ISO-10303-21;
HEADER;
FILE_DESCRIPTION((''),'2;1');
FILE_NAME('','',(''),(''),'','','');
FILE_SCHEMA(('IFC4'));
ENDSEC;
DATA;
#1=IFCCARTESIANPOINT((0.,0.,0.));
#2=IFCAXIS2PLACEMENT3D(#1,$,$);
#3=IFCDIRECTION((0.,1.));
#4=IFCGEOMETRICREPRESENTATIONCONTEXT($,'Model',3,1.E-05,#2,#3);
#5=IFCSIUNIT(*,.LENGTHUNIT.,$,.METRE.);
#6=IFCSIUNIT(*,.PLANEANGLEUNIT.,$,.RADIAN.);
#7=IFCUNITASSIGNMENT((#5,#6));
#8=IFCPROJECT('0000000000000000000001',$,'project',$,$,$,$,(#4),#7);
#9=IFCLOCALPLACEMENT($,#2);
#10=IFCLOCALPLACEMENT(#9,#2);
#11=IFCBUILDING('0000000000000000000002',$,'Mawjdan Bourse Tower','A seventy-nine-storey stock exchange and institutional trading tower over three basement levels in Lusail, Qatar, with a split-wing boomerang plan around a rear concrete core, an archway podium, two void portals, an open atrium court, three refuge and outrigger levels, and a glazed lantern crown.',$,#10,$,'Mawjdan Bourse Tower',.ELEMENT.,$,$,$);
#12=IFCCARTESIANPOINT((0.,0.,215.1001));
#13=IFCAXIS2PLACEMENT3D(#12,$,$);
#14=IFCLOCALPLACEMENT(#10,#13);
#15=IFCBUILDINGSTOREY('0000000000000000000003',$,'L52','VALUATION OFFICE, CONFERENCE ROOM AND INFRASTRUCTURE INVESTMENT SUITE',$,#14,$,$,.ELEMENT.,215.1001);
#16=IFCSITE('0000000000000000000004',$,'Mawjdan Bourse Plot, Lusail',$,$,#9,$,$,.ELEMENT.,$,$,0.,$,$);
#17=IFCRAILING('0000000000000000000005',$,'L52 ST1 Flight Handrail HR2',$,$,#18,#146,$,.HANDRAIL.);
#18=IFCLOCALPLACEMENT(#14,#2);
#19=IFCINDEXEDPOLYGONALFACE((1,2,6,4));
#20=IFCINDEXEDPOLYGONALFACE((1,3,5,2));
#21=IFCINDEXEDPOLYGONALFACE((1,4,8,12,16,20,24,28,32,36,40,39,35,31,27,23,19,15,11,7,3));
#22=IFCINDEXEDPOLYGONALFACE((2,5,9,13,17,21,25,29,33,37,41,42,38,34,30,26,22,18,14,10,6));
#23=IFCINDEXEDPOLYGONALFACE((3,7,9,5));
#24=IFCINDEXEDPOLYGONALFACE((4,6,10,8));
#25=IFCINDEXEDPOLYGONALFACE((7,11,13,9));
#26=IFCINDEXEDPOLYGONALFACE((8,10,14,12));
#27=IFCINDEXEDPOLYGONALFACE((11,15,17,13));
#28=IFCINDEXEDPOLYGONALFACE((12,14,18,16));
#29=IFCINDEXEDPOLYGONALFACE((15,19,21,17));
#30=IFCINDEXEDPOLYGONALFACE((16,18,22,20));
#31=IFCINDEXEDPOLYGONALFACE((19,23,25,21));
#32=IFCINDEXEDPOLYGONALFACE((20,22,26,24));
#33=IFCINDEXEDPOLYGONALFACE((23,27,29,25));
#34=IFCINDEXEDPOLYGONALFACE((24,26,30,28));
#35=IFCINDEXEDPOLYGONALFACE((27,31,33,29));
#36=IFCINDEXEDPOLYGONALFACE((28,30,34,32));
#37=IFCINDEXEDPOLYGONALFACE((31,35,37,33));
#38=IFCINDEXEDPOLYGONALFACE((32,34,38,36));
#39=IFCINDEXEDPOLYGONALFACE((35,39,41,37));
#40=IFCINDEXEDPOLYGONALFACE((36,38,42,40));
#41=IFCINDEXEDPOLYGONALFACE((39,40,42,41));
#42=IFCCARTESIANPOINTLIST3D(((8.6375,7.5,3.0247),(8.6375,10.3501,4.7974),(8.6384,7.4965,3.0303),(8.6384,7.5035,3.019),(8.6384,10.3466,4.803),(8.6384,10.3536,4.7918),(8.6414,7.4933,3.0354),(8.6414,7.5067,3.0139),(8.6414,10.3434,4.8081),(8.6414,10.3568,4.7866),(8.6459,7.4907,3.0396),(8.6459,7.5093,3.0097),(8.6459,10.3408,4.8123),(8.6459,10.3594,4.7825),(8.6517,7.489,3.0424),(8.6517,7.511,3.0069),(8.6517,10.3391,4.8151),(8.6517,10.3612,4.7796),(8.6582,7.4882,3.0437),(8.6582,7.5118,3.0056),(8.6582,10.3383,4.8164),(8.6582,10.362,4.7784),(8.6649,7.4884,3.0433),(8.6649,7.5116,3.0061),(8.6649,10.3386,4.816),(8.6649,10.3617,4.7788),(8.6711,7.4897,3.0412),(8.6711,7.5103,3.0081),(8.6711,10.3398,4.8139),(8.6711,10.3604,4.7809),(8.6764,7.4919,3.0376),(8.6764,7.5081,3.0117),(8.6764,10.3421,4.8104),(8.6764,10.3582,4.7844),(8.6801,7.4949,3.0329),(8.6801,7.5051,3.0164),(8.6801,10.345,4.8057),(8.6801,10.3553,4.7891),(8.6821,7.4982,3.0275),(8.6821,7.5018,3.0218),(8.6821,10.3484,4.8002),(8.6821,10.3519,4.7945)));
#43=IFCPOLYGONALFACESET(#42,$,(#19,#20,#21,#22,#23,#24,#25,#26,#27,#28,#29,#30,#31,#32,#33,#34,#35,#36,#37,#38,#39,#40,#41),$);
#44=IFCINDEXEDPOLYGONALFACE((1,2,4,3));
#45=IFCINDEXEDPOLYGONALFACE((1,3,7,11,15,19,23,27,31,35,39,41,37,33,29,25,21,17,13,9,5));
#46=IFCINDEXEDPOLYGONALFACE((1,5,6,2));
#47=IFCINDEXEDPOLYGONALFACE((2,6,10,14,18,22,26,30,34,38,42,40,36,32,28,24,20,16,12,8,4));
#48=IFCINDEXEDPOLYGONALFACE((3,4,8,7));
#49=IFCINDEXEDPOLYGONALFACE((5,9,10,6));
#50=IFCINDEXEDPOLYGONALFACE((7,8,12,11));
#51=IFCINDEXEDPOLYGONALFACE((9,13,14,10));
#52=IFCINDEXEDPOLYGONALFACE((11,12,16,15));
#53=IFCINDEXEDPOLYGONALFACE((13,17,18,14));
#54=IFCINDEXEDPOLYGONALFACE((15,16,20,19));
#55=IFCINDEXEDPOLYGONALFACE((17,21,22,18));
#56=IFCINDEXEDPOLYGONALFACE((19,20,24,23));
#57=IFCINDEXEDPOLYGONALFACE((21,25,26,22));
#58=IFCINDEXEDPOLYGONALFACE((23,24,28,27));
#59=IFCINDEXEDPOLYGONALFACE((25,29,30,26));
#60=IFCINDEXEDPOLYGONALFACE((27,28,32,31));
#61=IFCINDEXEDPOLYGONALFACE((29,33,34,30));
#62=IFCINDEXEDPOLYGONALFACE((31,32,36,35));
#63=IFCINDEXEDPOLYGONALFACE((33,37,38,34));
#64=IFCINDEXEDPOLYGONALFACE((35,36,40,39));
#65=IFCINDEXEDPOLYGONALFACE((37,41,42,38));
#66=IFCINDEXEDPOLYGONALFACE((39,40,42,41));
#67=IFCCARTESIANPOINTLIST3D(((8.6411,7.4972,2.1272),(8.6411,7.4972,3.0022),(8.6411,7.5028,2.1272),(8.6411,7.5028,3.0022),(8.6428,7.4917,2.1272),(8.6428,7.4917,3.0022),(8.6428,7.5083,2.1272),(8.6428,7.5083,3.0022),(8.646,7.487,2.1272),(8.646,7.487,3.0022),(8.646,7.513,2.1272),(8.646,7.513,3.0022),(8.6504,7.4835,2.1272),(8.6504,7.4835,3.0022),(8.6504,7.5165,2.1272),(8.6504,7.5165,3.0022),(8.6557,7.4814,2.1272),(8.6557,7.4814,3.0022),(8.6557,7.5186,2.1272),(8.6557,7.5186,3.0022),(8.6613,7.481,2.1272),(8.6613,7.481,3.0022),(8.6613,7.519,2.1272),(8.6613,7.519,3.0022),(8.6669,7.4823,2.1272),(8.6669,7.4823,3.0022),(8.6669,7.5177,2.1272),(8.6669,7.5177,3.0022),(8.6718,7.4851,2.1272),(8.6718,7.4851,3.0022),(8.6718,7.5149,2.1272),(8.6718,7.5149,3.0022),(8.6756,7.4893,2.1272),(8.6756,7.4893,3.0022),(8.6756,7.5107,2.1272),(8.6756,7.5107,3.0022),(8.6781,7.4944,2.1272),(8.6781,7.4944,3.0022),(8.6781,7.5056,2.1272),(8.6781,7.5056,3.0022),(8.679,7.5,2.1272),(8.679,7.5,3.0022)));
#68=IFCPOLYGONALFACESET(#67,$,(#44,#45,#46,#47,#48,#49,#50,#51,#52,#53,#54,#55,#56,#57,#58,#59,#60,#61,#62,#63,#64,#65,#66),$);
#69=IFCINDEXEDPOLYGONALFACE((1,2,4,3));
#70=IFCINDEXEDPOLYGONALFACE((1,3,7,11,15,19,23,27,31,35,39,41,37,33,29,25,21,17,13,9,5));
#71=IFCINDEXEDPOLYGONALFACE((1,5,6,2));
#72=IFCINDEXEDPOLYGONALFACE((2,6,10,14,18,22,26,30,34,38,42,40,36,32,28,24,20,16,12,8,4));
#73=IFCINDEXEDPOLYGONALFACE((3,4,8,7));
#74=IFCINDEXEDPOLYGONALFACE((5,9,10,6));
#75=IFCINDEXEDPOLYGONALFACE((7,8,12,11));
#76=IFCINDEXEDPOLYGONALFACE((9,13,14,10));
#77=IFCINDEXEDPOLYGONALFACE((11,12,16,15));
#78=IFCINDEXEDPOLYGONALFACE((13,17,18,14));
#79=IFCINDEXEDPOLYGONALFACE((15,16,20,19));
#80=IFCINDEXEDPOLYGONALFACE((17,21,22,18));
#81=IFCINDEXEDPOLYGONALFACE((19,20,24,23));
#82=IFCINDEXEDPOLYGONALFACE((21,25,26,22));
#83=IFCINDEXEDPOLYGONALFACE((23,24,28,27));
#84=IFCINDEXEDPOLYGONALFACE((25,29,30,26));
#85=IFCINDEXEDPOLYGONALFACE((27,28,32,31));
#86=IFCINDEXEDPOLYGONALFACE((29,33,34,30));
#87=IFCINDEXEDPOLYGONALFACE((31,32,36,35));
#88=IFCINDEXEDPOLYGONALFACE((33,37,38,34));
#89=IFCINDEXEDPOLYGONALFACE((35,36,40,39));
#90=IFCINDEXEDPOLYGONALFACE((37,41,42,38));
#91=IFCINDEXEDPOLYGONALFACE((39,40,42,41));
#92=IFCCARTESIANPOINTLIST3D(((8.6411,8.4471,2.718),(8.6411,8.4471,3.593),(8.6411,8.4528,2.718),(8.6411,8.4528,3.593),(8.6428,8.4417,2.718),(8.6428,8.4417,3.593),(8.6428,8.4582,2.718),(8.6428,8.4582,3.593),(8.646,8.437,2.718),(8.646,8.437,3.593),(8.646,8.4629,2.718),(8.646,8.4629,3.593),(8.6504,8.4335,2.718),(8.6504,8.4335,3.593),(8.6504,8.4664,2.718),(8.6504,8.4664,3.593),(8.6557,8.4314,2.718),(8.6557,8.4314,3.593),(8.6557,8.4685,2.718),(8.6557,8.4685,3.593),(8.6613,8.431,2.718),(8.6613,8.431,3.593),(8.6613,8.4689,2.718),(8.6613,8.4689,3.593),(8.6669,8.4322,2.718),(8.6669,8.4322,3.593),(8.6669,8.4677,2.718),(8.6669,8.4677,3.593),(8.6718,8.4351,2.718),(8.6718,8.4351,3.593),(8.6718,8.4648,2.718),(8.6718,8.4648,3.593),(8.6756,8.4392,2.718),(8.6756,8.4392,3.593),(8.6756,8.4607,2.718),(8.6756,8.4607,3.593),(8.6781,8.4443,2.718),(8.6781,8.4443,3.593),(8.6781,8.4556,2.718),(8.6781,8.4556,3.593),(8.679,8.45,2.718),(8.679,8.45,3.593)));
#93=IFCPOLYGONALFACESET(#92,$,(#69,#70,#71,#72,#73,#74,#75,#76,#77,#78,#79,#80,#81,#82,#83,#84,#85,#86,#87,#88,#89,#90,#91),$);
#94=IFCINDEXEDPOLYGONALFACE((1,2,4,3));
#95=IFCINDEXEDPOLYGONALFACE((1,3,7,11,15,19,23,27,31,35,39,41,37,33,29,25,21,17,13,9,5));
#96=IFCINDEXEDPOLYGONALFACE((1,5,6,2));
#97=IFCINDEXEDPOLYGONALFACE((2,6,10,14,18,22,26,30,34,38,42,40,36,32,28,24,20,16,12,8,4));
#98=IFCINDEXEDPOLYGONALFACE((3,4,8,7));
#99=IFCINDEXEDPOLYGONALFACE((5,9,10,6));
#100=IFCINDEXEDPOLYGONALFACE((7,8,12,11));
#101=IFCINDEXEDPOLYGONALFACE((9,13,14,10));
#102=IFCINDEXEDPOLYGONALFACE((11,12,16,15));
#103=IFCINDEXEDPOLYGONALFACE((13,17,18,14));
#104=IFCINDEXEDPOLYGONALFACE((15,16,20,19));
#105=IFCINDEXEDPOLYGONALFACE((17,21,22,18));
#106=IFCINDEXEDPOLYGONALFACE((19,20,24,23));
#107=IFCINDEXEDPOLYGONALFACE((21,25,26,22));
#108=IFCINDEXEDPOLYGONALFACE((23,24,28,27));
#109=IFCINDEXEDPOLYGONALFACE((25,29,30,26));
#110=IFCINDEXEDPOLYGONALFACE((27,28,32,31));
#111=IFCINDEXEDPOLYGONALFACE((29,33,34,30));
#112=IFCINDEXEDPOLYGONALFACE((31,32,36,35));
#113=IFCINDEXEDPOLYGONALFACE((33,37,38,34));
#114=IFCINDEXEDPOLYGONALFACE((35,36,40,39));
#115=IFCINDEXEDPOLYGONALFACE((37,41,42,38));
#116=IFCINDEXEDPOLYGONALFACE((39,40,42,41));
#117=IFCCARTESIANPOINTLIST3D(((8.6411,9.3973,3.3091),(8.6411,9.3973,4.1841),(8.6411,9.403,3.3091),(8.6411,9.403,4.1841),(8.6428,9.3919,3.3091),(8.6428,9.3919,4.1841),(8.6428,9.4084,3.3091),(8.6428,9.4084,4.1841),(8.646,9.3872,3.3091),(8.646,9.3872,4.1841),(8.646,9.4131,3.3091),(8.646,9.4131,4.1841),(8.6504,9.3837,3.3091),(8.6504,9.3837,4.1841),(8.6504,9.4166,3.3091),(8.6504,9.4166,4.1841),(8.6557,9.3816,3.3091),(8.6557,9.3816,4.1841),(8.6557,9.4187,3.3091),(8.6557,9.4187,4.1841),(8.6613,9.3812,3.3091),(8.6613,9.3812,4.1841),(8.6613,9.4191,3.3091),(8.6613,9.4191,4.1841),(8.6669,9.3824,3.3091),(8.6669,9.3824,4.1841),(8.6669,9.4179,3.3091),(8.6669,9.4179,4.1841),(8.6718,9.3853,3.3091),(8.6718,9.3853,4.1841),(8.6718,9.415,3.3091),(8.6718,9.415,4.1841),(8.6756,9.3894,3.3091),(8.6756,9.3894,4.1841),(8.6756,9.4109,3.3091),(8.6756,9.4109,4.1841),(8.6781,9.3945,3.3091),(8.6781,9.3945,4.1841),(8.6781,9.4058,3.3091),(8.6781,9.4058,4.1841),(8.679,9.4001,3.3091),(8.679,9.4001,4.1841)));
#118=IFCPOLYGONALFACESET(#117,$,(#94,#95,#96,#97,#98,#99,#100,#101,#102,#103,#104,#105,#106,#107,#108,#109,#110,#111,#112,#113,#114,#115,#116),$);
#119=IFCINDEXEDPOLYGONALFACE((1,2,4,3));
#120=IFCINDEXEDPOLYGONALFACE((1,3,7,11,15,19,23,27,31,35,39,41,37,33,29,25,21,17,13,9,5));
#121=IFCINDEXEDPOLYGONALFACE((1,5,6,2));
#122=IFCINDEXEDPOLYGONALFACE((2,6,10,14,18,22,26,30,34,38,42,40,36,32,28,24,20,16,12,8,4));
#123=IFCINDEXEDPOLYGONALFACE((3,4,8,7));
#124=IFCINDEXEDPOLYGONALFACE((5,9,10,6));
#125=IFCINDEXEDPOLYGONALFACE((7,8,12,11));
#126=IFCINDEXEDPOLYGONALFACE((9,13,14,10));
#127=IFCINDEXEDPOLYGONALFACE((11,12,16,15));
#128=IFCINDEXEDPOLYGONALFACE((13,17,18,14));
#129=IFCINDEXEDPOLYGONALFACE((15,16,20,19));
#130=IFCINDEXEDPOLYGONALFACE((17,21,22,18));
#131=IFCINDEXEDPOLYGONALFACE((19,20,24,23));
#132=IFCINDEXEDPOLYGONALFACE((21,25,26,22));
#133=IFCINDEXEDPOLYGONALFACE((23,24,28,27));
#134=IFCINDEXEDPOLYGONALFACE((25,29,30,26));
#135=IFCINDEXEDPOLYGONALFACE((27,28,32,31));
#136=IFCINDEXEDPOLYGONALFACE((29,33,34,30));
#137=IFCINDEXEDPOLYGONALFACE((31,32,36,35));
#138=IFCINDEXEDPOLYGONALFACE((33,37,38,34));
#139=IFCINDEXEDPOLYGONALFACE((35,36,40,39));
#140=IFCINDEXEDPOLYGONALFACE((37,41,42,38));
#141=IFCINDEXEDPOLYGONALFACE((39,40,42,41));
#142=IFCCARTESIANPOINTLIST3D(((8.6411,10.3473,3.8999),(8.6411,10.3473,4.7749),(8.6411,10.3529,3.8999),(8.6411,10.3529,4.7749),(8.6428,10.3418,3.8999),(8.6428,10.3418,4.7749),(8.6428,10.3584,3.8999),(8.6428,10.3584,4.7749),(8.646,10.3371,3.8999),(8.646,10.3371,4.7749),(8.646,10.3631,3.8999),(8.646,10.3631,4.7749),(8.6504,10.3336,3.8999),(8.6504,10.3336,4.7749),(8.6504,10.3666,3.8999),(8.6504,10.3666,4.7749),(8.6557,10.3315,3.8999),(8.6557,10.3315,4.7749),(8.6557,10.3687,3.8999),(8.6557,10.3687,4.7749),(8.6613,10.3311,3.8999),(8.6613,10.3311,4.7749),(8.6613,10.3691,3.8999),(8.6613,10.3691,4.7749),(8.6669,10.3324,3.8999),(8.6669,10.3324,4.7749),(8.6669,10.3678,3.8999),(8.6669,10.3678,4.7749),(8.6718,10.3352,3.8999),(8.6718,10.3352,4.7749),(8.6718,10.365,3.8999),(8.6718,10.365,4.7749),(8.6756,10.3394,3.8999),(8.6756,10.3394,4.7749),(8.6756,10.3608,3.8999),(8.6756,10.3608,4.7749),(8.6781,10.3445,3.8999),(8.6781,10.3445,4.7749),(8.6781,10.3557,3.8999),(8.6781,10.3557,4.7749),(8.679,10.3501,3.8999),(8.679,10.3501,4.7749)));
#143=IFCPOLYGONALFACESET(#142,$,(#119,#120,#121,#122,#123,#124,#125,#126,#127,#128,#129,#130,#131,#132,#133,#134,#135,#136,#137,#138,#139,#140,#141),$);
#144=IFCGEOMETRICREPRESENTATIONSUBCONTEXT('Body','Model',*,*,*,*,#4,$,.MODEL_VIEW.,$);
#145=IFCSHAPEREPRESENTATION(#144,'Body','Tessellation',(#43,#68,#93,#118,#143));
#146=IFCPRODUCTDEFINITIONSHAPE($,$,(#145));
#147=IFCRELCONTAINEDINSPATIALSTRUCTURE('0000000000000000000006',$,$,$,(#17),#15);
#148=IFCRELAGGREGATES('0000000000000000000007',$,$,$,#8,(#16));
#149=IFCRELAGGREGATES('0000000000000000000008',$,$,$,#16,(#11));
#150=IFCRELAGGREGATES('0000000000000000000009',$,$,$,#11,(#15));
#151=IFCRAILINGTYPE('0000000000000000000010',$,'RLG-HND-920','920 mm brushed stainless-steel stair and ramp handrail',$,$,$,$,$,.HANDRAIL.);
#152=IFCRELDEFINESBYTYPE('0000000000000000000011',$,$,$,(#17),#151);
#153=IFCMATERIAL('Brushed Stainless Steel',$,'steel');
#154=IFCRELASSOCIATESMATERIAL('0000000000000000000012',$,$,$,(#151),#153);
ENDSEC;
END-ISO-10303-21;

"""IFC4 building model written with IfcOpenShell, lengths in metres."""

from ifc_helpers import new_model, si_unit, direction, frame, origin, origin_2d, place, context, subcontext, project, spatial, circle, extrude, material, type_object, element, save


model = new_model("IFC4")

# Units and contexts
model_context = context("Model", 3, precision=1e-05, world=origin(), true_north=direction((0.0, 1.0)))
body_context = subcontext(model_context, "Body", "Model", "MODEL_VIEW")
ifc_project = project(units=[si_unit("LENGTHUNIT", "METRE"), si_unit("PLANEANGLEUNIT", "RADIAN")], contexts=[model_context])

# Site, building, storey
site_placement = place(None, origin())
site = spatial("IfcSite", under=ifc_project, at=site_placement, Name="Mawjdan Bourse Plot, Lusail", CompositionType="ELEMENT", RefElevation=0.0)
building_placement = place(site_placement, origin())
building = spatial("IfcBuilding", under=site, at=building_placement, Name="Mawjdan Bourse Tower", Description="A seventy-nine-storey stock exchange and institutional trading tower over three basement levels in Lusail, Qatar, with a split-wing boomerang plan around a rear concrete core, an archway podium, two void portals, an open atrium court, three refuge and outrigger levels, and a glazed lantern crown.", LongName="Mawjdan Bourse Tower", CompositionType="ELEMENT")
storey_placement = place(building_placement, frame((0.0, 0.0, 215.1001)))
storey = spatial("IfcBuildingStorey", under=building, at=storey_placement, Name="L52", Description="VALUATION OFFICE, CONFERENCE ROOM AND INFRASTRUCTURE INVESTMENT SUITE", CompositionType="ELEMENT", Elevation=215.1001)

# Railing
ifc_material_1 = material(Name="Brushed Stainless Steel", Category="steel")
railing_type_1 = type_object("IfcRailingType", Name="RLG-HND-920", Description="920 mm brushed stainless-steel stair and ramp handrail", PredefinedType="HANDRAIL", material=ifc_material_1)
for number, where, name in (
    (1, (8.6599, 7.5, 2.1272), "L52 ST1 Flight Handrail HR2"),
):
    element("IfcRailing", number, at=place(storey_placement, frame(where)), inside=storey, type_object=railing_type_1, Name=name, PredefinedType="HANDRAIL", context=body_context, shape_type="SweptSolid", body=[
        extrude(circle(Radius=0.0225, at=origin_2d()), frame((0.0, 0.0, 0.8975), z_axis=(0.0, 0.849149, 0.528154), x_axis=(-1.0, 0.0, 0.0)), (0.0, 0.0, 1.0), 3.3564),
        extrude(circle(Radius=0.019, at=origin_2d()), origin(), (0.0, 0.0, 1.0), 0.875),
        extrude(circle(Radius=0.019, at=origin_2d()), frame((0.0, 0.95, 0.5908)), (0.0, 0.0, 1.0), 0.875),
        extrude(circle(Radius=0.019, at=origin_2d()), frame((0.0, 1.9001, 1.1819)), (0.0, 0.0, 1.0), 0.875),
        extrude(circle(Radius=0.019, at=origin_2d()), frame((0.0, 2.8501, 1.7727)), (0.0, 0.0, 1.0), 0.875),
    ])

save(model, "model.ifc")
